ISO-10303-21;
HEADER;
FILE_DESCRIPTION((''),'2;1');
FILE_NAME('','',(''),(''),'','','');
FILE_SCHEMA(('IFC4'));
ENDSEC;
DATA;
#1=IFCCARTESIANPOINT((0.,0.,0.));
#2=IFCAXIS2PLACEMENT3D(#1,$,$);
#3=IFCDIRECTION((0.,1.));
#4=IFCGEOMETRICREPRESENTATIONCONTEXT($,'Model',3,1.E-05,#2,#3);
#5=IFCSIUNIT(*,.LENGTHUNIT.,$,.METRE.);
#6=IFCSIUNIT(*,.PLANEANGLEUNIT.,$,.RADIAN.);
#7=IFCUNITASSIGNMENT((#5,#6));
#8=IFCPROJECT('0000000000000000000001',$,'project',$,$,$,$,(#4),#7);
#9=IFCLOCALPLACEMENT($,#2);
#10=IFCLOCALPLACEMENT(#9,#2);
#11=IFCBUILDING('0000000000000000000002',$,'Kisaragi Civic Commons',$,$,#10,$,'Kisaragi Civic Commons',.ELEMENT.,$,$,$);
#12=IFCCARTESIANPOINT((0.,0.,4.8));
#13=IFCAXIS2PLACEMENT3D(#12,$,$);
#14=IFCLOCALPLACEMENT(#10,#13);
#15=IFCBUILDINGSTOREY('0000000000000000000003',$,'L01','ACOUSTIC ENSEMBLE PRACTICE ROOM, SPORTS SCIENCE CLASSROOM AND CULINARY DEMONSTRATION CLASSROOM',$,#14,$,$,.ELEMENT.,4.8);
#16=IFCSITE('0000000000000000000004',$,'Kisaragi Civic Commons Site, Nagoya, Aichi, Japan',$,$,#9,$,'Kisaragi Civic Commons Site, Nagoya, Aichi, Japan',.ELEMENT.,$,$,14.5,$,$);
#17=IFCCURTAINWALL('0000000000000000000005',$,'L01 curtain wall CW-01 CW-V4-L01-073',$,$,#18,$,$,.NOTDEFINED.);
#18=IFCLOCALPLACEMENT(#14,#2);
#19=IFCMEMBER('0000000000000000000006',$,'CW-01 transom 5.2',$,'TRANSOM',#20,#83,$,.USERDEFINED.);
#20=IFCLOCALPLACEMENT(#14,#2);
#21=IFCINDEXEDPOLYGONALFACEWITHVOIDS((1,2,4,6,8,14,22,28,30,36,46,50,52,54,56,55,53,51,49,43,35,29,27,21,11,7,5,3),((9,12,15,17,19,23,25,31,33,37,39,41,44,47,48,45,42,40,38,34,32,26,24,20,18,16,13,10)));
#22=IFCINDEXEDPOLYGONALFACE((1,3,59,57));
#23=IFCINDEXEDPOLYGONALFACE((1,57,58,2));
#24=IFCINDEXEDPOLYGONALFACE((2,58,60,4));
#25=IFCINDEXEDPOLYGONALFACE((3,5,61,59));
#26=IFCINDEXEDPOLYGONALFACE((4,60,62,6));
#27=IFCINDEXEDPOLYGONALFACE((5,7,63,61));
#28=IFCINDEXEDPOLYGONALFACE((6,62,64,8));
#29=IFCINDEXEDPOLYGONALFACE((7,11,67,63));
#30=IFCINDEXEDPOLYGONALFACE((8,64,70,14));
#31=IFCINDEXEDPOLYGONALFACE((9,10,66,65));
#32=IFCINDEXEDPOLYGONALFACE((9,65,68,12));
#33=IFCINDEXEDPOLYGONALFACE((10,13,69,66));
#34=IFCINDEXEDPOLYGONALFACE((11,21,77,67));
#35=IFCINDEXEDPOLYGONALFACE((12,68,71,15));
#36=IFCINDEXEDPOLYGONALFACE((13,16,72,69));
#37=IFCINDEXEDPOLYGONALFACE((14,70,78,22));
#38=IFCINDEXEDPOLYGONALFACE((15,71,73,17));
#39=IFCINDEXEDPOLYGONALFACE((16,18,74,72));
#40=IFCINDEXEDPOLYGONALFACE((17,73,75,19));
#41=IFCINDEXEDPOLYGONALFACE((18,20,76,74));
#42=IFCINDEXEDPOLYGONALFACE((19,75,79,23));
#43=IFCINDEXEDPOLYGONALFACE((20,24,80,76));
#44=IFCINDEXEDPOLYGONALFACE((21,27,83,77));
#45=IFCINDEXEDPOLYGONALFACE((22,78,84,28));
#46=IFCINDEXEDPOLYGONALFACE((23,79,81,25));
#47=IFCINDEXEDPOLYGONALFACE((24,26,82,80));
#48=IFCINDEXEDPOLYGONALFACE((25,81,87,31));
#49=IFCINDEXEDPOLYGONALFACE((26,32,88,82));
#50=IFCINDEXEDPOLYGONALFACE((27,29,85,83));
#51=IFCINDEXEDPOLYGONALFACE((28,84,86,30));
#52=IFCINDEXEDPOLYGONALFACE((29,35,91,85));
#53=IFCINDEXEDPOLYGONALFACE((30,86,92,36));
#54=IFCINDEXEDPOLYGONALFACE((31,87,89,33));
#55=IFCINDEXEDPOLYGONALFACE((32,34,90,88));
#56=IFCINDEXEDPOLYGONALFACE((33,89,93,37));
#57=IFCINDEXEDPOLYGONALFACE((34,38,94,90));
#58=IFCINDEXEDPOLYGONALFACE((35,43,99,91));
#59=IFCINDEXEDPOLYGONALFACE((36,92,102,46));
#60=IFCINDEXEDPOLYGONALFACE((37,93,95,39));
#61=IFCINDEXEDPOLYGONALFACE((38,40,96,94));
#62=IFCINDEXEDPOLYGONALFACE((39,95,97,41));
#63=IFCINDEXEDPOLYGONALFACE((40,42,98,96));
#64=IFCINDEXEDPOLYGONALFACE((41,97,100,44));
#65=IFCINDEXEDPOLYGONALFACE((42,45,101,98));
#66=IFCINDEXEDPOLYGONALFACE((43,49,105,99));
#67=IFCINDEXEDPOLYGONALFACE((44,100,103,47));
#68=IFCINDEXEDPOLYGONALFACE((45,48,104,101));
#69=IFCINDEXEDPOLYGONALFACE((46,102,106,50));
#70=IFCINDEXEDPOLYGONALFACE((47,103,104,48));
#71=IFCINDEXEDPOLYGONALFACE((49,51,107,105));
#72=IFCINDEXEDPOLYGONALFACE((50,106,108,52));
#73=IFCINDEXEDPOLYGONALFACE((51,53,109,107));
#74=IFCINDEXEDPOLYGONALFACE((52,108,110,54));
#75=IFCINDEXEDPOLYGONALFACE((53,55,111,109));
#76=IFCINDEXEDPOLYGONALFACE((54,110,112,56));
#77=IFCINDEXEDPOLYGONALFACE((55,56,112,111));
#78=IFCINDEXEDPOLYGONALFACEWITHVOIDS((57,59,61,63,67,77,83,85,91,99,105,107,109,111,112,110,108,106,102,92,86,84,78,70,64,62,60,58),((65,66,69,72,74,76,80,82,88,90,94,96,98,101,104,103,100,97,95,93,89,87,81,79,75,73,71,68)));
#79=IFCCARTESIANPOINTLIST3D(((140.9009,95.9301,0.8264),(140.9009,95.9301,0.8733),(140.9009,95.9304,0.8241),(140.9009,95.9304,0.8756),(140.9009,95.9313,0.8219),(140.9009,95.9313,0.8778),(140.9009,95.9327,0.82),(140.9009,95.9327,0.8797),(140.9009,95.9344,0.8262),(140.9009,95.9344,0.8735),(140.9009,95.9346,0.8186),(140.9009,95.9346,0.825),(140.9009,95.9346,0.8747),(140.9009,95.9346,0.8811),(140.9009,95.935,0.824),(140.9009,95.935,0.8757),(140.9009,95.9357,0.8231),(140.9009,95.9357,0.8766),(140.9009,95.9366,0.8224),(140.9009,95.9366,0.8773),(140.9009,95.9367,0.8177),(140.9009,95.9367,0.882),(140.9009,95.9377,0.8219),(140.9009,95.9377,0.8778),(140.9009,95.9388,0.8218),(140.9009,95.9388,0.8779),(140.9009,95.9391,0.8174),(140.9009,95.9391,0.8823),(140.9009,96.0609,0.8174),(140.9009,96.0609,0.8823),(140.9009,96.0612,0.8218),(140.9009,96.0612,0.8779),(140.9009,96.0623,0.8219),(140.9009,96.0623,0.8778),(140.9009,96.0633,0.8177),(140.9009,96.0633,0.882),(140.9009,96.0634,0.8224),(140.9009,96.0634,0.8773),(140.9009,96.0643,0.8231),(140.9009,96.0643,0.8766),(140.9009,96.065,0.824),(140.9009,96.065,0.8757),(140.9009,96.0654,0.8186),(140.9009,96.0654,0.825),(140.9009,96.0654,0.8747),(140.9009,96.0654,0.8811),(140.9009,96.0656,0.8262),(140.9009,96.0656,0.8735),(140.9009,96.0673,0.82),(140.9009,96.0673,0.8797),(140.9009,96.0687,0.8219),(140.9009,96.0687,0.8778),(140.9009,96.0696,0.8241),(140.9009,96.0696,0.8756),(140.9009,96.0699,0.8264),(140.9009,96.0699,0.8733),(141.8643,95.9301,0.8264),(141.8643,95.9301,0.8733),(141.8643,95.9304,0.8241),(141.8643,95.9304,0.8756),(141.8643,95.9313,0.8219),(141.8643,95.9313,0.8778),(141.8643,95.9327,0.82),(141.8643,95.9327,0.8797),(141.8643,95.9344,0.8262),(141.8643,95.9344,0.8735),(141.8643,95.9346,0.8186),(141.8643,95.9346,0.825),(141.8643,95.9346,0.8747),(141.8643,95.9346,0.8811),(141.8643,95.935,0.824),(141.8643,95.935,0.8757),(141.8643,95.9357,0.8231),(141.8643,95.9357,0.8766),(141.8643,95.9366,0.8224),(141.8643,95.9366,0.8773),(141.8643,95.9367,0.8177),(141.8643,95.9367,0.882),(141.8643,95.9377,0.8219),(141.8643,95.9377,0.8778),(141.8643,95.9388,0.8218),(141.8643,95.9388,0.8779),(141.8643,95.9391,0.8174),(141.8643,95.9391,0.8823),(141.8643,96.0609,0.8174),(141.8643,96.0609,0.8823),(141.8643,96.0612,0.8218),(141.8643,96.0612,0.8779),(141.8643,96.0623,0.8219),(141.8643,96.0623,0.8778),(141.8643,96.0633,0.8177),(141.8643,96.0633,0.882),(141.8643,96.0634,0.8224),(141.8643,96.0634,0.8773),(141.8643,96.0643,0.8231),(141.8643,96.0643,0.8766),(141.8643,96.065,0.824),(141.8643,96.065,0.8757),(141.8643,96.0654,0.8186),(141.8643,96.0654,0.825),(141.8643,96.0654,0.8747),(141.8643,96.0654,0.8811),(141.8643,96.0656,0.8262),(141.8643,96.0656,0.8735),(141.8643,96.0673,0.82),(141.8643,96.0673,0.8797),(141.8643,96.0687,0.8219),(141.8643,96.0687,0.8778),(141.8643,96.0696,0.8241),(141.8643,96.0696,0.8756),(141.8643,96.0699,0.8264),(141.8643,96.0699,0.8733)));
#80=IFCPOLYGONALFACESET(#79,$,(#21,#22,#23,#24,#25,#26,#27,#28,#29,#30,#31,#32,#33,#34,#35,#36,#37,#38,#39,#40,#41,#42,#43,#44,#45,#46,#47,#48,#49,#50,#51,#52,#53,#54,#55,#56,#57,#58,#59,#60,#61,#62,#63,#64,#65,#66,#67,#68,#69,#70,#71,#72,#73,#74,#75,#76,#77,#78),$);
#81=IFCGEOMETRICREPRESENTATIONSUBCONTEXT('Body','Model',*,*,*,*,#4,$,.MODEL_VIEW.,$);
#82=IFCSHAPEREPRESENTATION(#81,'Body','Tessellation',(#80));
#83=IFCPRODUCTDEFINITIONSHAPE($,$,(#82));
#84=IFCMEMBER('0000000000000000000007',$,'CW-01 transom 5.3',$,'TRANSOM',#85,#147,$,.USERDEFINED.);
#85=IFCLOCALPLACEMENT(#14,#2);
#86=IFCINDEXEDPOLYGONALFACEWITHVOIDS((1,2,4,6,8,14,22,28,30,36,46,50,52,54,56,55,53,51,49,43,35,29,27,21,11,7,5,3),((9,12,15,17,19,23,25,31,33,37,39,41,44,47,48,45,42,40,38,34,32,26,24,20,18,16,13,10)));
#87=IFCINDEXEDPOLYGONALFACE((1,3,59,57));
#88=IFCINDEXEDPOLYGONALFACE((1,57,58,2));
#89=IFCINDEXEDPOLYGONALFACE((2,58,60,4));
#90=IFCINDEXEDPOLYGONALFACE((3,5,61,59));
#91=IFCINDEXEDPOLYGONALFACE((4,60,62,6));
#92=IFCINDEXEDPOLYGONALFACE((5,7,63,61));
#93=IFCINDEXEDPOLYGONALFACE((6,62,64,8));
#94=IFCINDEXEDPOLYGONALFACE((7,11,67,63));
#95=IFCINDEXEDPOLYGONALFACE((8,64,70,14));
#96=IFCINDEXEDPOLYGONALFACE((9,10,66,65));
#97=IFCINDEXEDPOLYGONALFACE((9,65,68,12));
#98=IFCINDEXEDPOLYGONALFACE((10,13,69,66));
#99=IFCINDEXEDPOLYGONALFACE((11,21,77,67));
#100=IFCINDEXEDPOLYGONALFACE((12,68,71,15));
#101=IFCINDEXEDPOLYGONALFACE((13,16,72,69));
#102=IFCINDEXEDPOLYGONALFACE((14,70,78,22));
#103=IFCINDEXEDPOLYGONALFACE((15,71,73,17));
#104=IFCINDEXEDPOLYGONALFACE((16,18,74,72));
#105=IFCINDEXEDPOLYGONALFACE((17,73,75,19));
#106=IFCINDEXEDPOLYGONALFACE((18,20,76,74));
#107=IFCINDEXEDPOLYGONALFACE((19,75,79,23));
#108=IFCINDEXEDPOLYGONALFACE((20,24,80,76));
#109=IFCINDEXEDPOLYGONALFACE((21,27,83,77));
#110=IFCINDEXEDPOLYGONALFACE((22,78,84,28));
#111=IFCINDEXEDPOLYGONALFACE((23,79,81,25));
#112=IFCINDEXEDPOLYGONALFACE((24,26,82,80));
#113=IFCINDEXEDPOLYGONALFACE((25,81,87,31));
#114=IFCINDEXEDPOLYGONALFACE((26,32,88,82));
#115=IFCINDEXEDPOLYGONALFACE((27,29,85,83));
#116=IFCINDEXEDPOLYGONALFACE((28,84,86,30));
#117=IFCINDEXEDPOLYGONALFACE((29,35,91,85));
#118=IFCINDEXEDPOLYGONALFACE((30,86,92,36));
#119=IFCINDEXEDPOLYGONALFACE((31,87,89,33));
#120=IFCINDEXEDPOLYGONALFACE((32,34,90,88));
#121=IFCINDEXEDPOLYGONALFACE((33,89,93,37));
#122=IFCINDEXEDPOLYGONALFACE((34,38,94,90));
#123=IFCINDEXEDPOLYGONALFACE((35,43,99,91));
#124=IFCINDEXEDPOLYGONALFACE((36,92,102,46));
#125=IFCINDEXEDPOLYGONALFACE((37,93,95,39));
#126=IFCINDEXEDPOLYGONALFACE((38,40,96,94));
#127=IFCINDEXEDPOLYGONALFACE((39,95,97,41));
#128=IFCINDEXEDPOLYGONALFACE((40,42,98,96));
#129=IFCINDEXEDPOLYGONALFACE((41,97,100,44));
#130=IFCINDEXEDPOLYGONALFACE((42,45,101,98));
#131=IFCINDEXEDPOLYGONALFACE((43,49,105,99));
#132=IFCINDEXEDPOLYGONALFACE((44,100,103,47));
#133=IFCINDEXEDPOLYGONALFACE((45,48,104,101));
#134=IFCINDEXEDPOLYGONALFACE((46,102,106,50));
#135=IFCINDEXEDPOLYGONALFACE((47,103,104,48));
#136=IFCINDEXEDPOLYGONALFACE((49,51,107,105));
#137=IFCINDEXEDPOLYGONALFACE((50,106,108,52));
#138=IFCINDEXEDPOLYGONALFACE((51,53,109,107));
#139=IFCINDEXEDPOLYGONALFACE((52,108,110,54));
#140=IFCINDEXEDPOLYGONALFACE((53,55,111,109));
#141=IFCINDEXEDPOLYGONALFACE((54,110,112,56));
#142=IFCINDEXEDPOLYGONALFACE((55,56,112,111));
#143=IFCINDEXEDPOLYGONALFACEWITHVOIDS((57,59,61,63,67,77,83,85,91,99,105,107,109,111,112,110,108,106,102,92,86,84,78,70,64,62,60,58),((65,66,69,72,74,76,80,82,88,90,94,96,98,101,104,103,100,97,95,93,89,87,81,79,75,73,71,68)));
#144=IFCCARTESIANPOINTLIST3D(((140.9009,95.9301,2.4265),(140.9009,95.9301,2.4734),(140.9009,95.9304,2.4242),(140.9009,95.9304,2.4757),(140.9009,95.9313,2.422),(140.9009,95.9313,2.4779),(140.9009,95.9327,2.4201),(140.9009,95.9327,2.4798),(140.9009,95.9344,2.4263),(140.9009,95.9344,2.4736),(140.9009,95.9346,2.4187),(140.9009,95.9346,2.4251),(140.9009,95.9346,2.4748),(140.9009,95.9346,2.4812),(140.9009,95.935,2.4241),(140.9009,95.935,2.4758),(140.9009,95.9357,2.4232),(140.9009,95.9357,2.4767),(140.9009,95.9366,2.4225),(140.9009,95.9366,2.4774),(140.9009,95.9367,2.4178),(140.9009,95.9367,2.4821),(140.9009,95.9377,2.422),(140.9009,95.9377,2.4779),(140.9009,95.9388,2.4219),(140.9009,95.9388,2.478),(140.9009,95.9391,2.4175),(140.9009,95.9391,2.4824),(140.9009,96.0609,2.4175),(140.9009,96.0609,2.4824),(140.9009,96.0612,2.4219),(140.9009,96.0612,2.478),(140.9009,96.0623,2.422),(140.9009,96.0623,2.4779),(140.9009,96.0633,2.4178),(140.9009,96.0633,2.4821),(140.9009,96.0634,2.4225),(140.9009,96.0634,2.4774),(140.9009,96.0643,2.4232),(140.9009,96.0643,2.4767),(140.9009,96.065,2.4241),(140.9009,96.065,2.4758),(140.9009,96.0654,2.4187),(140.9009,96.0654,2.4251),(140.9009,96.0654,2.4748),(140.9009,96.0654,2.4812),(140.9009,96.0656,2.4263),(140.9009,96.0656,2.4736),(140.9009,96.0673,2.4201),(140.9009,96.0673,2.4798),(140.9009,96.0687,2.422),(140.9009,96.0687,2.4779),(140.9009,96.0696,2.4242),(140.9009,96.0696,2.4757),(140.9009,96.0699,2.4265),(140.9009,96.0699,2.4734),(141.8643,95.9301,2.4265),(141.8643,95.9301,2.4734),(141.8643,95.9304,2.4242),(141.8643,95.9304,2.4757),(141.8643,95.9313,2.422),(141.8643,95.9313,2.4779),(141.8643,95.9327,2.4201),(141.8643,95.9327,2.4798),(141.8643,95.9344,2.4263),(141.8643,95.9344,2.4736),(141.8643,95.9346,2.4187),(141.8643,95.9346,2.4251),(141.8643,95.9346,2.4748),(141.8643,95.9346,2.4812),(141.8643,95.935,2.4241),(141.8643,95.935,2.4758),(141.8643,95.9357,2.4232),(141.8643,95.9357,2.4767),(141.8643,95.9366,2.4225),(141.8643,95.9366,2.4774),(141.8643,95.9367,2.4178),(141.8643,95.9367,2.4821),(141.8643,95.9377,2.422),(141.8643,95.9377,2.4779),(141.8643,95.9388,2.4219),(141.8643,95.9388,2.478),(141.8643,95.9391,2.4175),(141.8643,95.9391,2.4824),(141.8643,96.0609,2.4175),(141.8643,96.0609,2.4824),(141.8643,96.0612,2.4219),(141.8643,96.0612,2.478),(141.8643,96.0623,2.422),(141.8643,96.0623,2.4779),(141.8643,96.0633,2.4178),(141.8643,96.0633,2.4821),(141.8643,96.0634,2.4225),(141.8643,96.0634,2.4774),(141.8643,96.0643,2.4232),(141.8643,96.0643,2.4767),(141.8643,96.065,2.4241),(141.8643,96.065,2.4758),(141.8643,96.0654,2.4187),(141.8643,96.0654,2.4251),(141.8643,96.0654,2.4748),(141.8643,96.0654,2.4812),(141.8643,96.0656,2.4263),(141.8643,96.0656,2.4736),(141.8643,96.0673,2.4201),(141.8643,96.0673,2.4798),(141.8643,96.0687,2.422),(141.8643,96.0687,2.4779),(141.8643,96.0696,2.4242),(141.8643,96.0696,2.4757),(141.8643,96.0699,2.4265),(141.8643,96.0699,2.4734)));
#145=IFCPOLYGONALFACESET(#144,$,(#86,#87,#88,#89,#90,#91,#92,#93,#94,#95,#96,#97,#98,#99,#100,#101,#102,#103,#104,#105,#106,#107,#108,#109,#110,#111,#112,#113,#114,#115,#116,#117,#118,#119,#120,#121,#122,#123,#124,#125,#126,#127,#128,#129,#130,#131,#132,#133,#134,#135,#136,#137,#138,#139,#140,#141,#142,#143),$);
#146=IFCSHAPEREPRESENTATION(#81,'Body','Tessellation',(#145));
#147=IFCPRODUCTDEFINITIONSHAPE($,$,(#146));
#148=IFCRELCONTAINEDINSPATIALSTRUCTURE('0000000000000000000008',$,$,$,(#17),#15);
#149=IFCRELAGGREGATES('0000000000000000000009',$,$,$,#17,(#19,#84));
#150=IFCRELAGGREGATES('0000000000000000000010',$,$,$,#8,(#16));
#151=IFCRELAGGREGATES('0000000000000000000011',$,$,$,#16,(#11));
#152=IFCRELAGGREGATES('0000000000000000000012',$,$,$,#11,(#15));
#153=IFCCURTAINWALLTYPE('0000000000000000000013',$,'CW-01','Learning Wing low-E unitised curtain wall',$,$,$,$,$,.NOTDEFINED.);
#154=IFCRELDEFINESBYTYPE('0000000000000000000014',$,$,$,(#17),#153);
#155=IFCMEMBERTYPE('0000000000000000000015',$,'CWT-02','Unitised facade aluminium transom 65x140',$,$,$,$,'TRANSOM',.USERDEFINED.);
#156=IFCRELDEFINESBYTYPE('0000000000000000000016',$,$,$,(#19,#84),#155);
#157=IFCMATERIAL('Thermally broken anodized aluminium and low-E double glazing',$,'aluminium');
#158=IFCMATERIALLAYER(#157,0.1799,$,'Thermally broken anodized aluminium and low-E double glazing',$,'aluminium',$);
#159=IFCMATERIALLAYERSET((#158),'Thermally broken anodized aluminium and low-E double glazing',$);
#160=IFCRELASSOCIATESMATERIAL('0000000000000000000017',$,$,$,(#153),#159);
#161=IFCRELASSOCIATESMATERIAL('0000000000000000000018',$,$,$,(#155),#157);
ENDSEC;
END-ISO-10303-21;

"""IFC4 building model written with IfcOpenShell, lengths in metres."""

from ifc_helpers import new_model, si_unit, direction, frame, origin, origin_2d, place, context, subcontext, project, spatial, hollow_rectangle, extrude, material, layer, layer_set, material_profile, profile_set, type_object, element, aggregate, save


model = new_model("IFC4")

# Units and contexts
model_context = context("Model", 3, precision=1e-05, world=origin(), true_north=direction((0.0, 1.0)))
body_context = subcontext(model_context, "Body", "Model", "MODEL_VIEW")
ifc_project = project(units=[si_unit("LENGTHUNIT", "METRE"), si_unit("PLANEANGLEUNIT", "RADIAN")], contexts=[model_context])

# Site, building, storey
site_placement = place(None, origin())
site = spatial("IfcSite", under=ifc_project, at=site_placement, Name="Kisaragi Civic Commons Site, Nagoya, Aichi, Japan", LongName="Kisaragi Civic Commons Site, Nagoya, Aichi, Japan", CompositionType="ELEMENT", RefElevation=14.5)
building_placement = place(site_placement, origin())
building = spatial("IfcBuilding", under=site, at=building_placement, Name="Kisaragi Civic Commons", LongName="Kisaragi Civic Commons", CompositionType="ELEMENT")
storey_placement = place(building_placement, frame((0.0, 0.0, 4.8)))
storey = spatial("IfcBuildingStorey", under=building, at=storey_placement, Name="L01", Description="ACOUSTIC ENSEMBLE PRACTICE ROOM, SPORTS SCIENCE CLASSROOM AND CULINARY DEMONSTRATION CLASSROOM", CompositionType="ELEMENT", Elevation=4.8)

# Curtain wall, members
ifc_material_1 = material(Name="Thermally broken anodized aluminium and low-E double glazing", Category="aluminium")
ifc_layer_1 = layer(ifc_material_1, 0.1799, Name="Thermally broken anodized aluminium and low-E double glazing", Category="aluminium")
ifc_layer_set_1 = layer_set([ifc_layer_1], Name="Thermally broken anodized aluminium and low-E double glazing")
curtain_wall_type = type_object("IfcCurtainWallType", Name="CW-01", Description="Learning Wing low-E unitised curtain wall", PredefinedType="NOTDEFINED", material=ifc_layer_set_1)
curtain_wall_placement = place(storey_placement, origin())
curtain_wall = element("IfcCurtainWall", 1, at=curtain_wall_placement, inside=storey, type_object=curtain_wall_type, Name="L01 curtain wall CW-01 CW-V4-L01-073", PredefinedType="NOTDEFINED")
ifc_material_profile_1 = material_profile(ifc_material_1, hollow_rectangle(XDim=0.1399, YDim=0.0649, WallThickness=0.0044, InnerFilletRadius=0.0044, OuterFilletRadius=0.009, at=origin_2d()), Name="CWT-65x140x4.5", Category="aluminium")
ifc_profile_set_1 = profile_set([ifc_material_profile_1], Name="Thermally broken anodized aluminium and low-E double glazing")
member_type_1 = type_object("IfcMemberType", Name="CWT-02", Description="Unitised facade aluminium transom 65x140", ElementType="TRANSOM", PredefinedType="USERDEFINED", material=ifc_profile_set_1)
member_1_placement = place(storey_placement, frame((141.8643, 96.0, 0.8499), z_axis=(-1.0, 0.0, 0.0), x_axis=(0.0, -1.0, 0.0)))
member_1 = element("IfcMember", 2, at=member_1_placement, type_object=member_type_1, Name="CW-01 transom 5.2", ObjectType="TRANSOM", PredefinedType="USERDEFINED", context=body_context, shape_type="SweptSolid", body=[
    extrude(hollow_rectangle(XDim=0.1399, YDim=0.0649, WallThickness=0.0044, InnerFilletRadius=0.0044, OuterFilletRadius=0.009, at=origin_2d()), origin(), (0.0, 0.0, 1.0), 0.9634),
])
member_2_placement = place(storey_placement, frame((141.8643, 96.0, 2.45), z_axis=(-1.0, 0.0, 0.0), x_axis=(0.0, -1.0, 0.0)))
member_2 = element("IfcMember", 3, at=member_2_placement, type_object=member_type_1, Name="CW-01 transom 5.3", ObjectType="TRANSOM", PredefinedType="USERDEFINED", context=body_context, shape_type="SweptSolid", body=[
    extrude(hollow_rectangle(XDim=0.1399, YDim=0.0649, WallThickness=0.0044, InnerFilletRadius=0.0044, OuterFilletRadius=0.009, at=origin_2d()), origin(), (0.0, 0.0, 1.0), 0.9634),
])
aggregate(curtain_wall, [member_1, member_2])

save(model, "model.ifc")
